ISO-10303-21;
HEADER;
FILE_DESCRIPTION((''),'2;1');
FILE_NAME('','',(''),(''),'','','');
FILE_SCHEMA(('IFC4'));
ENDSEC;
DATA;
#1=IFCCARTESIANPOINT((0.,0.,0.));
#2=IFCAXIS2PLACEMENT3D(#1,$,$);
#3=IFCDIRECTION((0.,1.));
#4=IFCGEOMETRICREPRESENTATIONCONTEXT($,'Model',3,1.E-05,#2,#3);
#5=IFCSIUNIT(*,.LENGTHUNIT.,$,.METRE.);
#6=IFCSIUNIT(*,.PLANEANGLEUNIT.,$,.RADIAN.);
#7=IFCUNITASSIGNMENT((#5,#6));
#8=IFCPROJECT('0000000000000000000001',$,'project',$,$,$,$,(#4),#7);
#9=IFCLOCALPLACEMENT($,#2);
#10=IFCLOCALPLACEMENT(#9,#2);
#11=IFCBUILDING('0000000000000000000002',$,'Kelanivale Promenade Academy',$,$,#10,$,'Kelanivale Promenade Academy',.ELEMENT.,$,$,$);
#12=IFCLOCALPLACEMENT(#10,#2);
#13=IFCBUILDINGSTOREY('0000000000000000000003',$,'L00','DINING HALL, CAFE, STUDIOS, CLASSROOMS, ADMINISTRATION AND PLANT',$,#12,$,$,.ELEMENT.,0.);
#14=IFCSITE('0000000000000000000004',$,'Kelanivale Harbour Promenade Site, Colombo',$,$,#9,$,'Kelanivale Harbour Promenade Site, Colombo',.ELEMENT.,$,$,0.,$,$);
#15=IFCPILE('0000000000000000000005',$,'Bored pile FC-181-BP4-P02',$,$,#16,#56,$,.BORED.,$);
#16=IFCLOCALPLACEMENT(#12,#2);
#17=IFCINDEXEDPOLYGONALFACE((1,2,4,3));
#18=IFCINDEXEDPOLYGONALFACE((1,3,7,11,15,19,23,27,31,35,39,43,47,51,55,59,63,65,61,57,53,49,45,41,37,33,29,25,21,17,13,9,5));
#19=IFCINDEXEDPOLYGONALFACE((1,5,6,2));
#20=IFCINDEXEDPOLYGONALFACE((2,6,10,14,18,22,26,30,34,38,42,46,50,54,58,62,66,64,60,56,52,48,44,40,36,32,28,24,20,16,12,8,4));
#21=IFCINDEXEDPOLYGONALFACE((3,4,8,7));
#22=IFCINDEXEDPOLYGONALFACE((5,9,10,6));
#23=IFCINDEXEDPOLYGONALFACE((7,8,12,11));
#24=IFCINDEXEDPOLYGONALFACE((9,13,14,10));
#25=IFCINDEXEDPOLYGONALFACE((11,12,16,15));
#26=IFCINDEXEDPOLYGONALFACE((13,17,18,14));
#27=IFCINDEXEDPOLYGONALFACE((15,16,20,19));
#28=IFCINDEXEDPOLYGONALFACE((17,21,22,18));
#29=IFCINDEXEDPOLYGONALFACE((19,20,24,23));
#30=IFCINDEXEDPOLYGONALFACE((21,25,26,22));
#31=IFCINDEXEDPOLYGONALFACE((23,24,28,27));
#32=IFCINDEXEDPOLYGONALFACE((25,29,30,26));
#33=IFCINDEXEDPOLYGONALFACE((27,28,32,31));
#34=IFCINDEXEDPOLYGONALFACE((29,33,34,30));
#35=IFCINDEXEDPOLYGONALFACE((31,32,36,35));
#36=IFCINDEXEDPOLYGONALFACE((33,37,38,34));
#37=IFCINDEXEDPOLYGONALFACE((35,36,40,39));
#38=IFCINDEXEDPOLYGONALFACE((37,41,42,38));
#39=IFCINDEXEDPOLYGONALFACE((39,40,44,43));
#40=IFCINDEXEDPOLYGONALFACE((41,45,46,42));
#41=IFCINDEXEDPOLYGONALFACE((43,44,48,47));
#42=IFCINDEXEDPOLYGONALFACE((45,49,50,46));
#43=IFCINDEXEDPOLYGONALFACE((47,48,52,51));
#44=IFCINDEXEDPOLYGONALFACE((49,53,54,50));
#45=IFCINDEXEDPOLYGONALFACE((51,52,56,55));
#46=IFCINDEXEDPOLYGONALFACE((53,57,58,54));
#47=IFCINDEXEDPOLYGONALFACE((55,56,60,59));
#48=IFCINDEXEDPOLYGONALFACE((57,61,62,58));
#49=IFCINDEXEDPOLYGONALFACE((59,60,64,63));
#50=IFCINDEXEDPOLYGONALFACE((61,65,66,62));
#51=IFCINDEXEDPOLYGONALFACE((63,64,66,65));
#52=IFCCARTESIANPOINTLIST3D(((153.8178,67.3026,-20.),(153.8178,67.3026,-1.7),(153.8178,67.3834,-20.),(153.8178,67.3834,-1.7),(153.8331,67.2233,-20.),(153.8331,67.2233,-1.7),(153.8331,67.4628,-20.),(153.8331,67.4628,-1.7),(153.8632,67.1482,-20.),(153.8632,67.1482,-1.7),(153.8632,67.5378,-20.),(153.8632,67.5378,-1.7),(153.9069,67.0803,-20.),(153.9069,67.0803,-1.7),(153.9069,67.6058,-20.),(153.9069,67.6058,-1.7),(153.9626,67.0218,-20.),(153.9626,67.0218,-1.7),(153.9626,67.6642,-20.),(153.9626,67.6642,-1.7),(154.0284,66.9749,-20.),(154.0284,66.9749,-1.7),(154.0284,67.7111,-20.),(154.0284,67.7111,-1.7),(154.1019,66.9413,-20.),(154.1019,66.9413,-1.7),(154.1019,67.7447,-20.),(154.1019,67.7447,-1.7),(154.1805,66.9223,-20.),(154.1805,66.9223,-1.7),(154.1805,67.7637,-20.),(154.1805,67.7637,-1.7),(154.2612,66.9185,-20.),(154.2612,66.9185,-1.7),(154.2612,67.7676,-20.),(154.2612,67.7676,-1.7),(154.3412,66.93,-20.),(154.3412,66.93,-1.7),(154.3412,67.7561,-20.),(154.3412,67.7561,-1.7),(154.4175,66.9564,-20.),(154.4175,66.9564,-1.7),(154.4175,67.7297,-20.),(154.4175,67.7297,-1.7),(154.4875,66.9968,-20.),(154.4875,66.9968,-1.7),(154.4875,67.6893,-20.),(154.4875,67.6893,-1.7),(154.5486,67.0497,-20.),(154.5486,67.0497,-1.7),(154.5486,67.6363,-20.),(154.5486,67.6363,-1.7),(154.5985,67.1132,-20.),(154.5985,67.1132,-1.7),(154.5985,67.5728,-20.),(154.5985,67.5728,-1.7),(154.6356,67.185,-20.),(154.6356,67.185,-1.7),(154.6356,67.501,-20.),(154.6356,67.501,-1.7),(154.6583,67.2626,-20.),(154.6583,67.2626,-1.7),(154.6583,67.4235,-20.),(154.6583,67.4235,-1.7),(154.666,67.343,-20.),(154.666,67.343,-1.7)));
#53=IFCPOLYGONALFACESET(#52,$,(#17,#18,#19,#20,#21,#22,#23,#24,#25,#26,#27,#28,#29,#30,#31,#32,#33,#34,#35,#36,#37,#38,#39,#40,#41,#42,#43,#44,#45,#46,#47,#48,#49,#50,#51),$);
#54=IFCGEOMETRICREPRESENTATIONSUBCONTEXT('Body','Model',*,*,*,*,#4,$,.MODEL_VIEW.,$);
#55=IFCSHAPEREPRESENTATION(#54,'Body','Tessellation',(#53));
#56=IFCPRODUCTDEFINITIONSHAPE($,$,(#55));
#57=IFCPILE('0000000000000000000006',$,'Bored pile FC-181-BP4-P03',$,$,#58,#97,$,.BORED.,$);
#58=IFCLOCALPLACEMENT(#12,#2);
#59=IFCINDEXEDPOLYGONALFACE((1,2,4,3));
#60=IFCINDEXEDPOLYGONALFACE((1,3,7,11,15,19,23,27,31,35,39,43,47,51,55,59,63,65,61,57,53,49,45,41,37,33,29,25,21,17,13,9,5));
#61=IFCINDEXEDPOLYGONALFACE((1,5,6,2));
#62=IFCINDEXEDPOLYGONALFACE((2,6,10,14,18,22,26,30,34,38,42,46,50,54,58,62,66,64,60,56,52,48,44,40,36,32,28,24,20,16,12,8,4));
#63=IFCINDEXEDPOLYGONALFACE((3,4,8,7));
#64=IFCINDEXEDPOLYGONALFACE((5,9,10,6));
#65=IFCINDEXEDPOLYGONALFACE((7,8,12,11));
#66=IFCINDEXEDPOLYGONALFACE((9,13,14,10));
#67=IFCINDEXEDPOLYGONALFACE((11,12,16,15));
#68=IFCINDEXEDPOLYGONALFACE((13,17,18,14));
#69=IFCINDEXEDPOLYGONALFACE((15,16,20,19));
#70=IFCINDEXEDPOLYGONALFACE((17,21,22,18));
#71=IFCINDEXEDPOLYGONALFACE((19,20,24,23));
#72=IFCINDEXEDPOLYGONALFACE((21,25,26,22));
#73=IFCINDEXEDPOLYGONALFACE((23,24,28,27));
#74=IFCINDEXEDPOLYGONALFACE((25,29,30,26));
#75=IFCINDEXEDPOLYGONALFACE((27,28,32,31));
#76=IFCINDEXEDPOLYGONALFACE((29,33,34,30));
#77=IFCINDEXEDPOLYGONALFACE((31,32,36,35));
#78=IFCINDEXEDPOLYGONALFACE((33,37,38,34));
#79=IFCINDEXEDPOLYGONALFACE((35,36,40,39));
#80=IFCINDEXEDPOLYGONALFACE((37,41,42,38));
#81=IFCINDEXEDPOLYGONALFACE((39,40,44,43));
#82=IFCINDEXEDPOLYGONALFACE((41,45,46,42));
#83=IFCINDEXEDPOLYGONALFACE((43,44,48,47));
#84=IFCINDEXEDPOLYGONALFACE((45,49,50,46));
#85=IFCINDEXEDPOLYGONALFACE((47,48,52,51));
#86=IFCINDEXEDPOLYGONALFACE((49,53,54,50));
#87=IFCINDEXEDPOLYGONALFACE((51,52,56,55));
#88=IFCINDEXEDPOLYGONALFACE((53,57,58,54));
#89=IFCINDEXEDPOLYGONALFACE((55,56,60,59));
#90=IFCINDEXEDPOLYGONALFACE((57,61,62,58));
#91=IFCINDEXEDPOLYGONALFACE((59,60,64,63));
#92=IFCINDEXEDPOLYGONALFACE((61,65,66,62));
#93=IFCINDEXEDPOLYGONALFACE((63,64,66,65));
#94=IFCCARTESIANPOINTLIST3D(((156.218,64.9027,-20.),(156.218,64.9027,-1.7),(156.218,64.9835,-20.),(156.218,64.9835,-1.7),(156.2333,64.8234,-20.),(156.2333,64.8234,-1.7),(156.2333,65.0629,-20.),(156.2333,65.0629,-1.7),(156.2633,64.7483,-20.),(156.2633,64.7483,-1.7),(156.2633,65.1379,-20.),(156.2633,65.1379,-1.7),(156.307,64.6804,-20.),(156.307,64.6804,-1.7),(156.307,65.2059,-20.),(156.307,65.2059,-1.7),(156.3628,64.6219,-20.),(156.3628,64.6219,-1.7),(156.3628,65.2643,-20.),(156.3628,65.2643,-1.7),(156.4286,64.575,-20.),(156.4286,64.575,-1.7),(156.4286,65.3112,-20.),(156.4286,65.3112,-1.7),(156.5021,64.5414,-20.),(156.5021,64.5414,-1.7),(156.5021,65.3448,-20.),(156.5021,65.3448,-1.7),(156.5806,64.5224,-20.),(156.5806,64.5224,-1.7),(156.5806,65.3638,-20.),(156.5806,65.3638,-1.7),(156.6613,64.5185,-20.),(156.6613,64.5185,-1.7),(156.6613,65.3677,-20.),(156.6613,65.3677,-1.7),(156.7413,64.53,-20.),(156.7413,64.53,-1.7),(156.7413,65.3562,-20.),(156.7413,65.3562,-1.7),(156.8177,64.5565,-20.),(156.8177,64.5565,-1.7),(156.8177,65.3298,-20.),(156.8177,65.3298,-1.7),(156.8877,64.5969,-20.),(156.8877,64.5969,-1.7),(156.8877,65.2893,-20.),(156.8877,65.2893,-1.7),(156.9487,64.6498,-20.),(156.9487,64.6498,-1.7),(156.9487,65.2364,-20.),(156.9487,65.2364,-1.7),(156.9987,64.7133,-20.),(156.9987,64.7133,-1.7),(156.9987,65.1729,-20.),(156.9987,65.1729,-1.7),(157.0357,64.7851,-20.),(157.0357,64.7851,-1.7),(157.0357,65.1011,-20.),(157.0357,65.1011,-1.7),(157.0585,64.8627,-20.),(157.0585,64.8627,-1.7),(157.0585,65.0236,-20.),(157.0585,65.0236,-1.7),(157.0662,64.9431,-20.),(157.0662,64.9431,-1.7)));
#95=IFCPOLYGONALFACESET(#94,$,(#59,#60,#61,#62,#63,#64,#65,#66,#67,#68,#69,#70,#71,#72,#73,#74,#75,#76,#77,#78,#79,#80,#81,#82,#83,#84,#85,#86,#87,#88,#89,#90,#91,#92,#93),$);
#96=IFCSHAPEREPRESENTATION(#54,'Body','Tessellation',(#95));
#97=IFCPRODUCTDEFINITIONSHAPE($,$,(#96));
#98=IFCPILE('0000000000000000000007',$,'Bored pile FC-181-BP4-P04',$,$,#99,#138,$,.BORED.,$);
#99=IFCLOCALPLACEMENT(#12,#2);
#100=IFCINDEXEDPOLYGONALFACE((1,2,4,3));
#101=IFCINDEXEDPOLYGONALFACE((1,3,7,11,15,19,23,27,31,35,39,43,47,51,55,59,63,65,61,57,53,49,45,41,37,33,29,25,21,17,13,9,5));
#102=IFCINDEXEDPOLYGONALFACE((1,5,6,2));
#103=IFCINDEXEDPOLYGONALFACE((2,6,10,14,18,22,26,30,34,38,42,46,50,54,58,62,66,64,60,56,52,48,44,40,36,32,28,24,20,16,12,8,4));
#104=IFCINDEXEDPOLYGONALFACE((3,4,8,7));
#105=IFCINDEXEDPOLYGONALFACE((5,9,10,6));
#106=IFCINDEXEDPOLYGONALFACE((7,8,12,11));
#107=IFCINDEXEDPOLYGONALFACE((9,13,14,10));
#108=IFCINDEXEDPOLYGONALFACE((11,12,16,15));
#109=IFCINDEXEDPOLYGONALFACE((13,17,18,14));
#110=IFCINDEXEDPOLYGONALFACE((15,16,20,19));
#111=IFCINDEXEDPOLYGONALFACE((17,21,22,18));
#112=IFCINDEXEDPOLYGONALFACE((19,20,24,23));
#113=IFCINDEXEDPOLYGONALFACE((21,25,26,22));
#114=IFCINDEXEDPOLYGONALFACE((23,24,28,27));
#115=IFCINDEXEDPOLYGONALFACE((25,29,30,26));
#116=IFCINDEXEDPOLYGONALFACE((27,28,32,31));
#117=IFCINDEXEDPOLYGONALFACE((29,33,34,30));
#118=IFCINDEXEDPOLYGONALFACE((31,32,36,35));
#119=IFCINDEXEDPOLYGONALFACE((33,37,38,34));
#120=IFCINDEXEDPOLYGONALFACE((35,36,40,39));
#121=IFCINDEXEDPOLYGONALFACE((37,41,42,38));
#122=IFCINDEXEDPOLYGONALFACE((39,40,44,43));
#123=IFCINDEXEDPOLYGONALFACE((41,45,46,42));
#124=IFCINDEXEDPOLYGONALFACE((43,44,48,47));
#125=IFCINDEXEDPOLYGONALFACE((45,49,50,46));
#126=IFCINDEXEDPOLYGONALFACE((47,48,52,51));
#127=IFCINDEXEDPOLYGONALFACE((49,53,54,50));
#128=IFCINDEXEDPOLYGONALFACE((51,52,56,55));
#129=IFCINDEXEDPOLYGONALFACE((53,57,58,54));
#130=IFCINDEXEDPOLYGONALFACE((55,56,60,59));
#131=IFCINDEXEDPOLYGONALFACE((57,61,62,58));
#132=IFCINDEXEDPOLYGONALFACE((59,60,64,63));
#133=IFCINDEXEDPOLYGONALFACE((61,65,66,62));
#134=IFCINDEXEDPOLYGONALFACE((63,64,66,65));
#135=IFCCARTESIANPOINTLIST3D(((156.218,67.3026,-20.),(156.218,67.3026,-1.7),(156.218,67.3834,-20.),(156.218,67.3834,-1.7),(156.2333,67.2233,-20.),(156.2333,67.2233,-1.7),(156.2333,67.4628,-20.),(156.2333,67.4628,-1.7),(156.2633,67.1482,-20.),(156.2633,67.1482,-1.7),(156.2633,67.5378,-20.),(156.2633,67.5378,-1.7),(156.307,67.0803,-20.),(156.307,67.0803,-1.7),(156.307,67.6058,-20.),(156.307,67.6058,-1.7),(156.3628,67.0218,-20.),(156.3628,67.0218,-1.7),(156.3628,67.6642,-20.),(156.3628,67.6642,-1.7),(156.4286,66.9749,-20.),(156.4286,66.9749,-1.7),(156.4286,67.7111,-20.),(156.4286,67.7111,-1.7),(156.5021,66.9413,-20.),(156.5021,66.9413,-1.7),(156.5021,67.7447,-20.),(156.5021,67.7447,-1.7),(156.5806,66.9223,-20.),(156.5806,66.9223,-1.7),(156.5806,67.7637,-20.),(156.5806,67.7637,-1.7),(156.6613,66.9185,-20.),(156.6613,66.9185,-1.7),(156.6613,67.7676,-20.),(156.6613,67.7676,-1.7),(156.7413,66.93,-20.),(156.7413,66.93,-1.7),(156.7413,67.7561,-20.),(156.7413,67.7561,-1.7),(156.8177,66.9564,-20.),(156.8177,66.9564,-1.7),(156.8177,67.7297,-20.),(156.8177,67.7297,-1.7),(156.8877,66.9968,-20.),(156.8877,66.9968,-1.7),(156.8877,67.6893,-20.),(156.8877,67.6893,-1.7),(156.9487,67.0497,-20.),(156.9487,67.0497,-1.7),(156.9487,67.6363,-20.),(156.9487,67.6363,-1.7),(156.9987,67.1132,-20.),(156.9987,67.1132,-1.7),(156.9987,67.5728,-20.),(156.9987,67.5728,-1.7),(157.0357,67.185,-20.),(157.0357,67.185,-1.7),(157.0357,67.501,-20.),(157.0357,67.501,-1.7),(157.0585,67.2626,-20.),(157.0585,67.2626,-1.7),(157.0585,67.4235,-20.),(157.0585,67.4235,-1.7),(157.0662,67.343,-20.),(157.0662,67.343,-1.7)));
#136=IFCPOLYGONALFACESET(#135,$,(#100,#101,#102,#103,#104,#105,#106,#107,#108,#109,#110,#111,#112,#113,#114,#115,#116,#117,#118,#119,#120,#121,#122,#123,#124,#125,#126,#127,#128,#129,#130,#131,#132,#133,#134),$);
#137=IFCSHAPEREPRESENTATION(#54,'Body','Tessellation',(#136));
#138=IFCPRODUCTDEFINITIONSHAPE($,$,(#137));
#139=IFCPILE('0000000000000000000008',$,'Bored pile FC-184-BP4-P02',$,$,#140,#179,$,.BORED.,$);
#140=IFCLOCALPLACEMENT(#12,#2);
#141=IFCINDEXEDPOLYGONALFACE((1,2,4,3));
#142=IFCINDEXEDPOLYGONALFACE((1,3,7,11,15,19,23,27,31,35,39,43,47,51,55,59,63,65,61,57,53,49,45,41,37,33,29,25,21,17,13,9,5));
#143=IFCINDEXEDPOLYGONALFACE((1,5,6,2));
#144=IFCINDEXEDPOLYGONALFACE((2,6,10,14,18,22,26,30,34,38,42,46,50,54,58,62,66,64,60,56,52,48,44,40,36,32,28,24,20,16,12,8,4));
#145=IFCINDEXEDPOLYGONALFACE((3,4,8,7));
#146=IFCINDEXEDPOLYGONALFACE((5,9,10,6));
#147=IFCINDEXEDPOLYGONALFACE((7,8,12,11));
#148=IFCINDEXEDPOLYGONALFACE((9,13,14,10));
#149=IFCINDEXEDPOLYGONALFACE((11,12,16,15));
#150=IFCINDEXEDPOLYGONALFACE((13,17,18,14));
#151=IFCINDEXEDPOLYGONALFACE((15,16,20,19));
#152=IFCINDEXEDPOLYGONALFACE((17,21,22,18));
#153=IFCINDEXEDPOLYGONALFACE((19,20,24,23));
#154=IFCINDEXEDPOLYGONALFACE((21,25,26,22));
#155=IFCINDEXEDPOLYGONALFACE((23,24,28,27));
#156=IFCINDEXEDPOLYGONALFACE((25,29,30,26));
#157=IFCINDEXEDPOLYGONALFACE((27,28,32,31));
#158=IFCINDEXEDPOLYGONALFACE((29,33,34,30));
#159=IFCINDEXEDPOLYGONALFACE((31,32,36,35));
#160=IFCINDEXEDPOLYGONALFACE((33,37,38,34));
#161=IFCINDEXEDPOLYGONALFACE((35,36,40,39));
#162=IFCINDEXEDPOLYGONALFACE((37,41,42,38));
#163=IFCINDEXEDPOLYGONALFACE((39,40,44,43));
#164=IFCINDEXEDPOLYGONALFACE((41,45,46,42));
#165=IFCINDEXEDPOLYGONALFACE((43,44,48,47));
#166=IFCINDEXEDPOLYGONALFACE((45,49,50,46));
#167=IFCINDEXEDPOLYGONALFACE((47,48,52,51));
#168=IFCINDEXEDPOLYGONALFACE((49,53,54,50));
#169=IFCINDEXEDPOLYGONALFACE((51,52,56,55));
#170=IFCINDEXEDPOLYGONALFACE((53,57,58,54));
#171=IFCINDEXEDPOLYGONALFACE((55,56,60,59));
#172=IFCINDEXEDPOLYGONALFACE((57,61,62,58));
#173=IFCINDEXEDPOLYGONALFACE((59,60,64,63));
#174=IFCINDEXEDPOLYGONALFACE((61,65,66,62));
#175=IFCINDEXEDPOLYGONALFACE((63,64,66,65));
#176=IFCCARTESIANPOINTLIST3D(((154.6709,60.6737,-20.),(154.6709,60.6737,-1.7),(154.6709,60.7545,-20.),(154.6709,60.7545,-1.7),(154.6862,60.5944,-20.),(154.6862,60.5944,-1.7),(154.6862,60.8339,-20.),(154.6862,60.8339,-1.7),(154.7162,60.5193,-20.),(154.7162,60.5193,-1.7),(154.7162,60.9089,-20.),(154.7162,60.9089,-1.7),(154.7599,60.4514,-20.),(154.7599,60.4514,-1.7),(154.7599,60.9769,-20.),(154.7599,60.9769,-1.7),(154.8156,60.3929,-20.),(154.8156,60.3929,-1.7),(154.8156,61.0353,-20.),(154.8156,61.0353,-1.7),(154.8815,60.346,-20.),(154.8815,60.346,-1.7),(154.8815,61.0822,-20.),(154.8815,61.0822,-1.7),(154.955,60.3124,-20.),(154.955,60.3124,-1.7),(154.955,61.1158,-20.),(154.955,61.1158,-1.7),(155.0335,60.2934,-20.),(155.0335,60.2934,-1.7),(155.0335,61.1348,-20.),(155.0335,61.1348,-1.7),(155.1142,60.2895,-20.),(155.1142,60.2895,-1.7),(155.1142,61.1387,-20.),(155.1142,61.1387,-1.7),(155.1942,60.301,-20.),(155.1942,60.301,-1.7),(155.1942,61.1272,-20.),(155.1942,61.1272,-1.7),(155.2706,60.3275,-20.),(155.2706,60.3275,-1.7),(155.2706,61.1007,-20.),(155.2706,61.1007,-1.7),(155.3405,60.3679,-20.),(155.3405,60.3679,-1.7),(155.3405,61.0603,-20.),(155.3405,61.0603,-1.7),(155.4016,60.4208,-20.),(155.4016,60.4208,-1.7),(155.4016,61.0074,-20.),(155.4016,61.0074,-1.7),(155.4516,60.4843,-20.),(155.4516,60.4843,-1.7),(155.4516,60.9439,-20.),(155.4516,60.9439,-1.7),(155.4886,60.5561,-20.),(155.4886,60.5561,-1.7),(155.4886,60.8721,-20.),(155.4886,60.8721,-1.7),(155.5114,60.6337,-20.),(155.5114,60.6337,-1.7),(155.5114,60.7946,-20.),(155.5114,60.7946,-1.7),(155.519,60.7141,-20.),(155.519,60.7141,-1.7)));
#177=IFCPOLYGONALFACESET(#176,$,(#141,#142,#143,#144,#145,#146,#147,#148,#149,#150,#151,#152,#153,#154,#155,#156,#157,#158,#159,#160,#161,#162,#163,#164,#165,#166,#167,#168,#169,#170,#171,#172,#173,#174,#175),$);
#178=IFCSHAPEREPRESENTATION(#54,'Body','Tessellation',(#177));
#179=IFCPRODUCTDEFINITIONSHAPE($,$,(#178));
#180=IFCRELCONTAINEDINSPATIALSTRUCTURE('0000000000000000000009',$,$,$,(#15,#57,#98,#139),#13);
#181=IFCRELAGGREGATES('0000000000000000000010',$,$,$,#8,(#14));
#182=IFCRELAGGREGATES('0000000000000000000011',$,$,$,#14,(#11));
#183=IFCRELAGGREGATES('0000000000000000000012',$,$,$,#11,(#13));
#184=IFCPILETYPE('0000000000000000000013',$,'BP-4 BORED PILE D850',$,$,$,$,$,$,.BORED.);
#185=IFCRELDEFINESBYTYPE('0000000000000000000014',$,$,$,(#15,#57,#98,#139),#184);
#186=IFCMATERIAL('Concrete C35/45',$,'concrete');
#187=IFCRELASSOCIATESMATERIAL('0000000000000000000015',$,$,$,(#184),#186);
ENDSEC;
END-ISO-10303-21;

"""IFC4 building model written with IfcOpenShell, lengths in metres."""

from ifc_helpers import new_model, si_unit, direction, frame, origin, origin_2d, place, context, subcontext, project, spatial, circle, extrude, material, material_profile, profile_set, type_object, element, save


model = new_model("IFC4")

# Units and contexts
model_context = context("Model", 3, precision=1e-05, world=origin(), true_north=direction((0.0, 1.0)))
body_context = subcontext(model_context, "Body", "Model", "MODEL_VIEW")
ifc_project = project(units=[si_unit("LENGTHUNIT", "METRE"), si_unit("PLANEANGLEUNIT", "RADIAN")], contexts=[model_context])

# Site, building, storey
site_placement = place(None, origin())
site = spatial("IfcSite", under=ifc_project, at=site_placement, Name="Kelanivale Harbour Promenade Site, Colombo", LongName="Kelanivale Harbour Promenade Site, Colombo", CompositionType="ELEMENT", RefElevation=0.0)
building_placement = place(site_placement, origin())
building = spatial("IfcBuilding", under=site, at=building_placement, Name="Kelanivale Promenade Academy", LongName="Kelanivale Promenade Academy", CompositionType="ELEMENT")
storey_placement = place(building_placement, origin())
storey = spatial("IfcBuildingStorey", under=building, at=storey_placement, Name="L00", Description="DINING HALL, CAFE, STUDIOS, CLASSROOMS, ADMINISTRATION AND PLANT", CompositionType="ELEMENT", Elevation=0.0)

# Piles
ifc_material_1 = material(Name="Concrete C35/45", Category="concrete")
ifc_material_profile_1 = material_profile(ifc_material_1, circle(Radius=0.425, at=origin_2d()), Name="BORED PILE D850")
ifc_profile_set_1 = profile_set([ifc_material_profile_1], Name="Concrete C35/45")
pile_type_1 = type_object("IfcPileType", Name="BP-4 BORED PILE D850", PredefinedType="BORED", material=ifc_profile_set_1)
for number, where, z_axis, x_axis, name in (
    (1, (154.241, 67.343, -1.7), (0.0, 0.0, -1.0), (1.0, 0.0, 0.0), "Bored pile FC-181-BP4-P02"),
    (2, (156.6411, 64.9431, -1.7), (0.0, 0.0, -1.0), (1.0, 0.0, 0.0), "Bored pile FC-181-BP4-P03"),
    (3, (156.6411, 67.343, -1.7), (0.0, 0.0, -1.0), (1.0, 0.0, 0.0), "Bored pile FC-181-BP4-P04"),
    (4, (155.094, 60.7141, -1.7), (0.0, 0.0, -1.0), (1.0, 0.0, 0.0), "Bored pile FC-184-BP4-P02"),
):
    element("IfcPile", number, at=place(storey_placement, frame(where, z_axis=z_axis, x_axis=x_axis)), inside=storey, type_object=pile_type_1, Name=name, PredefinedType="BORED", context=body_context, shape_type="SweptSolid", body=[
        extrude(circle(Radius=0.425, at=origin_2d()), origin(), (0.0, 0.0, 1.0), 18.3),
    ])

save(model, "model.ifc")
